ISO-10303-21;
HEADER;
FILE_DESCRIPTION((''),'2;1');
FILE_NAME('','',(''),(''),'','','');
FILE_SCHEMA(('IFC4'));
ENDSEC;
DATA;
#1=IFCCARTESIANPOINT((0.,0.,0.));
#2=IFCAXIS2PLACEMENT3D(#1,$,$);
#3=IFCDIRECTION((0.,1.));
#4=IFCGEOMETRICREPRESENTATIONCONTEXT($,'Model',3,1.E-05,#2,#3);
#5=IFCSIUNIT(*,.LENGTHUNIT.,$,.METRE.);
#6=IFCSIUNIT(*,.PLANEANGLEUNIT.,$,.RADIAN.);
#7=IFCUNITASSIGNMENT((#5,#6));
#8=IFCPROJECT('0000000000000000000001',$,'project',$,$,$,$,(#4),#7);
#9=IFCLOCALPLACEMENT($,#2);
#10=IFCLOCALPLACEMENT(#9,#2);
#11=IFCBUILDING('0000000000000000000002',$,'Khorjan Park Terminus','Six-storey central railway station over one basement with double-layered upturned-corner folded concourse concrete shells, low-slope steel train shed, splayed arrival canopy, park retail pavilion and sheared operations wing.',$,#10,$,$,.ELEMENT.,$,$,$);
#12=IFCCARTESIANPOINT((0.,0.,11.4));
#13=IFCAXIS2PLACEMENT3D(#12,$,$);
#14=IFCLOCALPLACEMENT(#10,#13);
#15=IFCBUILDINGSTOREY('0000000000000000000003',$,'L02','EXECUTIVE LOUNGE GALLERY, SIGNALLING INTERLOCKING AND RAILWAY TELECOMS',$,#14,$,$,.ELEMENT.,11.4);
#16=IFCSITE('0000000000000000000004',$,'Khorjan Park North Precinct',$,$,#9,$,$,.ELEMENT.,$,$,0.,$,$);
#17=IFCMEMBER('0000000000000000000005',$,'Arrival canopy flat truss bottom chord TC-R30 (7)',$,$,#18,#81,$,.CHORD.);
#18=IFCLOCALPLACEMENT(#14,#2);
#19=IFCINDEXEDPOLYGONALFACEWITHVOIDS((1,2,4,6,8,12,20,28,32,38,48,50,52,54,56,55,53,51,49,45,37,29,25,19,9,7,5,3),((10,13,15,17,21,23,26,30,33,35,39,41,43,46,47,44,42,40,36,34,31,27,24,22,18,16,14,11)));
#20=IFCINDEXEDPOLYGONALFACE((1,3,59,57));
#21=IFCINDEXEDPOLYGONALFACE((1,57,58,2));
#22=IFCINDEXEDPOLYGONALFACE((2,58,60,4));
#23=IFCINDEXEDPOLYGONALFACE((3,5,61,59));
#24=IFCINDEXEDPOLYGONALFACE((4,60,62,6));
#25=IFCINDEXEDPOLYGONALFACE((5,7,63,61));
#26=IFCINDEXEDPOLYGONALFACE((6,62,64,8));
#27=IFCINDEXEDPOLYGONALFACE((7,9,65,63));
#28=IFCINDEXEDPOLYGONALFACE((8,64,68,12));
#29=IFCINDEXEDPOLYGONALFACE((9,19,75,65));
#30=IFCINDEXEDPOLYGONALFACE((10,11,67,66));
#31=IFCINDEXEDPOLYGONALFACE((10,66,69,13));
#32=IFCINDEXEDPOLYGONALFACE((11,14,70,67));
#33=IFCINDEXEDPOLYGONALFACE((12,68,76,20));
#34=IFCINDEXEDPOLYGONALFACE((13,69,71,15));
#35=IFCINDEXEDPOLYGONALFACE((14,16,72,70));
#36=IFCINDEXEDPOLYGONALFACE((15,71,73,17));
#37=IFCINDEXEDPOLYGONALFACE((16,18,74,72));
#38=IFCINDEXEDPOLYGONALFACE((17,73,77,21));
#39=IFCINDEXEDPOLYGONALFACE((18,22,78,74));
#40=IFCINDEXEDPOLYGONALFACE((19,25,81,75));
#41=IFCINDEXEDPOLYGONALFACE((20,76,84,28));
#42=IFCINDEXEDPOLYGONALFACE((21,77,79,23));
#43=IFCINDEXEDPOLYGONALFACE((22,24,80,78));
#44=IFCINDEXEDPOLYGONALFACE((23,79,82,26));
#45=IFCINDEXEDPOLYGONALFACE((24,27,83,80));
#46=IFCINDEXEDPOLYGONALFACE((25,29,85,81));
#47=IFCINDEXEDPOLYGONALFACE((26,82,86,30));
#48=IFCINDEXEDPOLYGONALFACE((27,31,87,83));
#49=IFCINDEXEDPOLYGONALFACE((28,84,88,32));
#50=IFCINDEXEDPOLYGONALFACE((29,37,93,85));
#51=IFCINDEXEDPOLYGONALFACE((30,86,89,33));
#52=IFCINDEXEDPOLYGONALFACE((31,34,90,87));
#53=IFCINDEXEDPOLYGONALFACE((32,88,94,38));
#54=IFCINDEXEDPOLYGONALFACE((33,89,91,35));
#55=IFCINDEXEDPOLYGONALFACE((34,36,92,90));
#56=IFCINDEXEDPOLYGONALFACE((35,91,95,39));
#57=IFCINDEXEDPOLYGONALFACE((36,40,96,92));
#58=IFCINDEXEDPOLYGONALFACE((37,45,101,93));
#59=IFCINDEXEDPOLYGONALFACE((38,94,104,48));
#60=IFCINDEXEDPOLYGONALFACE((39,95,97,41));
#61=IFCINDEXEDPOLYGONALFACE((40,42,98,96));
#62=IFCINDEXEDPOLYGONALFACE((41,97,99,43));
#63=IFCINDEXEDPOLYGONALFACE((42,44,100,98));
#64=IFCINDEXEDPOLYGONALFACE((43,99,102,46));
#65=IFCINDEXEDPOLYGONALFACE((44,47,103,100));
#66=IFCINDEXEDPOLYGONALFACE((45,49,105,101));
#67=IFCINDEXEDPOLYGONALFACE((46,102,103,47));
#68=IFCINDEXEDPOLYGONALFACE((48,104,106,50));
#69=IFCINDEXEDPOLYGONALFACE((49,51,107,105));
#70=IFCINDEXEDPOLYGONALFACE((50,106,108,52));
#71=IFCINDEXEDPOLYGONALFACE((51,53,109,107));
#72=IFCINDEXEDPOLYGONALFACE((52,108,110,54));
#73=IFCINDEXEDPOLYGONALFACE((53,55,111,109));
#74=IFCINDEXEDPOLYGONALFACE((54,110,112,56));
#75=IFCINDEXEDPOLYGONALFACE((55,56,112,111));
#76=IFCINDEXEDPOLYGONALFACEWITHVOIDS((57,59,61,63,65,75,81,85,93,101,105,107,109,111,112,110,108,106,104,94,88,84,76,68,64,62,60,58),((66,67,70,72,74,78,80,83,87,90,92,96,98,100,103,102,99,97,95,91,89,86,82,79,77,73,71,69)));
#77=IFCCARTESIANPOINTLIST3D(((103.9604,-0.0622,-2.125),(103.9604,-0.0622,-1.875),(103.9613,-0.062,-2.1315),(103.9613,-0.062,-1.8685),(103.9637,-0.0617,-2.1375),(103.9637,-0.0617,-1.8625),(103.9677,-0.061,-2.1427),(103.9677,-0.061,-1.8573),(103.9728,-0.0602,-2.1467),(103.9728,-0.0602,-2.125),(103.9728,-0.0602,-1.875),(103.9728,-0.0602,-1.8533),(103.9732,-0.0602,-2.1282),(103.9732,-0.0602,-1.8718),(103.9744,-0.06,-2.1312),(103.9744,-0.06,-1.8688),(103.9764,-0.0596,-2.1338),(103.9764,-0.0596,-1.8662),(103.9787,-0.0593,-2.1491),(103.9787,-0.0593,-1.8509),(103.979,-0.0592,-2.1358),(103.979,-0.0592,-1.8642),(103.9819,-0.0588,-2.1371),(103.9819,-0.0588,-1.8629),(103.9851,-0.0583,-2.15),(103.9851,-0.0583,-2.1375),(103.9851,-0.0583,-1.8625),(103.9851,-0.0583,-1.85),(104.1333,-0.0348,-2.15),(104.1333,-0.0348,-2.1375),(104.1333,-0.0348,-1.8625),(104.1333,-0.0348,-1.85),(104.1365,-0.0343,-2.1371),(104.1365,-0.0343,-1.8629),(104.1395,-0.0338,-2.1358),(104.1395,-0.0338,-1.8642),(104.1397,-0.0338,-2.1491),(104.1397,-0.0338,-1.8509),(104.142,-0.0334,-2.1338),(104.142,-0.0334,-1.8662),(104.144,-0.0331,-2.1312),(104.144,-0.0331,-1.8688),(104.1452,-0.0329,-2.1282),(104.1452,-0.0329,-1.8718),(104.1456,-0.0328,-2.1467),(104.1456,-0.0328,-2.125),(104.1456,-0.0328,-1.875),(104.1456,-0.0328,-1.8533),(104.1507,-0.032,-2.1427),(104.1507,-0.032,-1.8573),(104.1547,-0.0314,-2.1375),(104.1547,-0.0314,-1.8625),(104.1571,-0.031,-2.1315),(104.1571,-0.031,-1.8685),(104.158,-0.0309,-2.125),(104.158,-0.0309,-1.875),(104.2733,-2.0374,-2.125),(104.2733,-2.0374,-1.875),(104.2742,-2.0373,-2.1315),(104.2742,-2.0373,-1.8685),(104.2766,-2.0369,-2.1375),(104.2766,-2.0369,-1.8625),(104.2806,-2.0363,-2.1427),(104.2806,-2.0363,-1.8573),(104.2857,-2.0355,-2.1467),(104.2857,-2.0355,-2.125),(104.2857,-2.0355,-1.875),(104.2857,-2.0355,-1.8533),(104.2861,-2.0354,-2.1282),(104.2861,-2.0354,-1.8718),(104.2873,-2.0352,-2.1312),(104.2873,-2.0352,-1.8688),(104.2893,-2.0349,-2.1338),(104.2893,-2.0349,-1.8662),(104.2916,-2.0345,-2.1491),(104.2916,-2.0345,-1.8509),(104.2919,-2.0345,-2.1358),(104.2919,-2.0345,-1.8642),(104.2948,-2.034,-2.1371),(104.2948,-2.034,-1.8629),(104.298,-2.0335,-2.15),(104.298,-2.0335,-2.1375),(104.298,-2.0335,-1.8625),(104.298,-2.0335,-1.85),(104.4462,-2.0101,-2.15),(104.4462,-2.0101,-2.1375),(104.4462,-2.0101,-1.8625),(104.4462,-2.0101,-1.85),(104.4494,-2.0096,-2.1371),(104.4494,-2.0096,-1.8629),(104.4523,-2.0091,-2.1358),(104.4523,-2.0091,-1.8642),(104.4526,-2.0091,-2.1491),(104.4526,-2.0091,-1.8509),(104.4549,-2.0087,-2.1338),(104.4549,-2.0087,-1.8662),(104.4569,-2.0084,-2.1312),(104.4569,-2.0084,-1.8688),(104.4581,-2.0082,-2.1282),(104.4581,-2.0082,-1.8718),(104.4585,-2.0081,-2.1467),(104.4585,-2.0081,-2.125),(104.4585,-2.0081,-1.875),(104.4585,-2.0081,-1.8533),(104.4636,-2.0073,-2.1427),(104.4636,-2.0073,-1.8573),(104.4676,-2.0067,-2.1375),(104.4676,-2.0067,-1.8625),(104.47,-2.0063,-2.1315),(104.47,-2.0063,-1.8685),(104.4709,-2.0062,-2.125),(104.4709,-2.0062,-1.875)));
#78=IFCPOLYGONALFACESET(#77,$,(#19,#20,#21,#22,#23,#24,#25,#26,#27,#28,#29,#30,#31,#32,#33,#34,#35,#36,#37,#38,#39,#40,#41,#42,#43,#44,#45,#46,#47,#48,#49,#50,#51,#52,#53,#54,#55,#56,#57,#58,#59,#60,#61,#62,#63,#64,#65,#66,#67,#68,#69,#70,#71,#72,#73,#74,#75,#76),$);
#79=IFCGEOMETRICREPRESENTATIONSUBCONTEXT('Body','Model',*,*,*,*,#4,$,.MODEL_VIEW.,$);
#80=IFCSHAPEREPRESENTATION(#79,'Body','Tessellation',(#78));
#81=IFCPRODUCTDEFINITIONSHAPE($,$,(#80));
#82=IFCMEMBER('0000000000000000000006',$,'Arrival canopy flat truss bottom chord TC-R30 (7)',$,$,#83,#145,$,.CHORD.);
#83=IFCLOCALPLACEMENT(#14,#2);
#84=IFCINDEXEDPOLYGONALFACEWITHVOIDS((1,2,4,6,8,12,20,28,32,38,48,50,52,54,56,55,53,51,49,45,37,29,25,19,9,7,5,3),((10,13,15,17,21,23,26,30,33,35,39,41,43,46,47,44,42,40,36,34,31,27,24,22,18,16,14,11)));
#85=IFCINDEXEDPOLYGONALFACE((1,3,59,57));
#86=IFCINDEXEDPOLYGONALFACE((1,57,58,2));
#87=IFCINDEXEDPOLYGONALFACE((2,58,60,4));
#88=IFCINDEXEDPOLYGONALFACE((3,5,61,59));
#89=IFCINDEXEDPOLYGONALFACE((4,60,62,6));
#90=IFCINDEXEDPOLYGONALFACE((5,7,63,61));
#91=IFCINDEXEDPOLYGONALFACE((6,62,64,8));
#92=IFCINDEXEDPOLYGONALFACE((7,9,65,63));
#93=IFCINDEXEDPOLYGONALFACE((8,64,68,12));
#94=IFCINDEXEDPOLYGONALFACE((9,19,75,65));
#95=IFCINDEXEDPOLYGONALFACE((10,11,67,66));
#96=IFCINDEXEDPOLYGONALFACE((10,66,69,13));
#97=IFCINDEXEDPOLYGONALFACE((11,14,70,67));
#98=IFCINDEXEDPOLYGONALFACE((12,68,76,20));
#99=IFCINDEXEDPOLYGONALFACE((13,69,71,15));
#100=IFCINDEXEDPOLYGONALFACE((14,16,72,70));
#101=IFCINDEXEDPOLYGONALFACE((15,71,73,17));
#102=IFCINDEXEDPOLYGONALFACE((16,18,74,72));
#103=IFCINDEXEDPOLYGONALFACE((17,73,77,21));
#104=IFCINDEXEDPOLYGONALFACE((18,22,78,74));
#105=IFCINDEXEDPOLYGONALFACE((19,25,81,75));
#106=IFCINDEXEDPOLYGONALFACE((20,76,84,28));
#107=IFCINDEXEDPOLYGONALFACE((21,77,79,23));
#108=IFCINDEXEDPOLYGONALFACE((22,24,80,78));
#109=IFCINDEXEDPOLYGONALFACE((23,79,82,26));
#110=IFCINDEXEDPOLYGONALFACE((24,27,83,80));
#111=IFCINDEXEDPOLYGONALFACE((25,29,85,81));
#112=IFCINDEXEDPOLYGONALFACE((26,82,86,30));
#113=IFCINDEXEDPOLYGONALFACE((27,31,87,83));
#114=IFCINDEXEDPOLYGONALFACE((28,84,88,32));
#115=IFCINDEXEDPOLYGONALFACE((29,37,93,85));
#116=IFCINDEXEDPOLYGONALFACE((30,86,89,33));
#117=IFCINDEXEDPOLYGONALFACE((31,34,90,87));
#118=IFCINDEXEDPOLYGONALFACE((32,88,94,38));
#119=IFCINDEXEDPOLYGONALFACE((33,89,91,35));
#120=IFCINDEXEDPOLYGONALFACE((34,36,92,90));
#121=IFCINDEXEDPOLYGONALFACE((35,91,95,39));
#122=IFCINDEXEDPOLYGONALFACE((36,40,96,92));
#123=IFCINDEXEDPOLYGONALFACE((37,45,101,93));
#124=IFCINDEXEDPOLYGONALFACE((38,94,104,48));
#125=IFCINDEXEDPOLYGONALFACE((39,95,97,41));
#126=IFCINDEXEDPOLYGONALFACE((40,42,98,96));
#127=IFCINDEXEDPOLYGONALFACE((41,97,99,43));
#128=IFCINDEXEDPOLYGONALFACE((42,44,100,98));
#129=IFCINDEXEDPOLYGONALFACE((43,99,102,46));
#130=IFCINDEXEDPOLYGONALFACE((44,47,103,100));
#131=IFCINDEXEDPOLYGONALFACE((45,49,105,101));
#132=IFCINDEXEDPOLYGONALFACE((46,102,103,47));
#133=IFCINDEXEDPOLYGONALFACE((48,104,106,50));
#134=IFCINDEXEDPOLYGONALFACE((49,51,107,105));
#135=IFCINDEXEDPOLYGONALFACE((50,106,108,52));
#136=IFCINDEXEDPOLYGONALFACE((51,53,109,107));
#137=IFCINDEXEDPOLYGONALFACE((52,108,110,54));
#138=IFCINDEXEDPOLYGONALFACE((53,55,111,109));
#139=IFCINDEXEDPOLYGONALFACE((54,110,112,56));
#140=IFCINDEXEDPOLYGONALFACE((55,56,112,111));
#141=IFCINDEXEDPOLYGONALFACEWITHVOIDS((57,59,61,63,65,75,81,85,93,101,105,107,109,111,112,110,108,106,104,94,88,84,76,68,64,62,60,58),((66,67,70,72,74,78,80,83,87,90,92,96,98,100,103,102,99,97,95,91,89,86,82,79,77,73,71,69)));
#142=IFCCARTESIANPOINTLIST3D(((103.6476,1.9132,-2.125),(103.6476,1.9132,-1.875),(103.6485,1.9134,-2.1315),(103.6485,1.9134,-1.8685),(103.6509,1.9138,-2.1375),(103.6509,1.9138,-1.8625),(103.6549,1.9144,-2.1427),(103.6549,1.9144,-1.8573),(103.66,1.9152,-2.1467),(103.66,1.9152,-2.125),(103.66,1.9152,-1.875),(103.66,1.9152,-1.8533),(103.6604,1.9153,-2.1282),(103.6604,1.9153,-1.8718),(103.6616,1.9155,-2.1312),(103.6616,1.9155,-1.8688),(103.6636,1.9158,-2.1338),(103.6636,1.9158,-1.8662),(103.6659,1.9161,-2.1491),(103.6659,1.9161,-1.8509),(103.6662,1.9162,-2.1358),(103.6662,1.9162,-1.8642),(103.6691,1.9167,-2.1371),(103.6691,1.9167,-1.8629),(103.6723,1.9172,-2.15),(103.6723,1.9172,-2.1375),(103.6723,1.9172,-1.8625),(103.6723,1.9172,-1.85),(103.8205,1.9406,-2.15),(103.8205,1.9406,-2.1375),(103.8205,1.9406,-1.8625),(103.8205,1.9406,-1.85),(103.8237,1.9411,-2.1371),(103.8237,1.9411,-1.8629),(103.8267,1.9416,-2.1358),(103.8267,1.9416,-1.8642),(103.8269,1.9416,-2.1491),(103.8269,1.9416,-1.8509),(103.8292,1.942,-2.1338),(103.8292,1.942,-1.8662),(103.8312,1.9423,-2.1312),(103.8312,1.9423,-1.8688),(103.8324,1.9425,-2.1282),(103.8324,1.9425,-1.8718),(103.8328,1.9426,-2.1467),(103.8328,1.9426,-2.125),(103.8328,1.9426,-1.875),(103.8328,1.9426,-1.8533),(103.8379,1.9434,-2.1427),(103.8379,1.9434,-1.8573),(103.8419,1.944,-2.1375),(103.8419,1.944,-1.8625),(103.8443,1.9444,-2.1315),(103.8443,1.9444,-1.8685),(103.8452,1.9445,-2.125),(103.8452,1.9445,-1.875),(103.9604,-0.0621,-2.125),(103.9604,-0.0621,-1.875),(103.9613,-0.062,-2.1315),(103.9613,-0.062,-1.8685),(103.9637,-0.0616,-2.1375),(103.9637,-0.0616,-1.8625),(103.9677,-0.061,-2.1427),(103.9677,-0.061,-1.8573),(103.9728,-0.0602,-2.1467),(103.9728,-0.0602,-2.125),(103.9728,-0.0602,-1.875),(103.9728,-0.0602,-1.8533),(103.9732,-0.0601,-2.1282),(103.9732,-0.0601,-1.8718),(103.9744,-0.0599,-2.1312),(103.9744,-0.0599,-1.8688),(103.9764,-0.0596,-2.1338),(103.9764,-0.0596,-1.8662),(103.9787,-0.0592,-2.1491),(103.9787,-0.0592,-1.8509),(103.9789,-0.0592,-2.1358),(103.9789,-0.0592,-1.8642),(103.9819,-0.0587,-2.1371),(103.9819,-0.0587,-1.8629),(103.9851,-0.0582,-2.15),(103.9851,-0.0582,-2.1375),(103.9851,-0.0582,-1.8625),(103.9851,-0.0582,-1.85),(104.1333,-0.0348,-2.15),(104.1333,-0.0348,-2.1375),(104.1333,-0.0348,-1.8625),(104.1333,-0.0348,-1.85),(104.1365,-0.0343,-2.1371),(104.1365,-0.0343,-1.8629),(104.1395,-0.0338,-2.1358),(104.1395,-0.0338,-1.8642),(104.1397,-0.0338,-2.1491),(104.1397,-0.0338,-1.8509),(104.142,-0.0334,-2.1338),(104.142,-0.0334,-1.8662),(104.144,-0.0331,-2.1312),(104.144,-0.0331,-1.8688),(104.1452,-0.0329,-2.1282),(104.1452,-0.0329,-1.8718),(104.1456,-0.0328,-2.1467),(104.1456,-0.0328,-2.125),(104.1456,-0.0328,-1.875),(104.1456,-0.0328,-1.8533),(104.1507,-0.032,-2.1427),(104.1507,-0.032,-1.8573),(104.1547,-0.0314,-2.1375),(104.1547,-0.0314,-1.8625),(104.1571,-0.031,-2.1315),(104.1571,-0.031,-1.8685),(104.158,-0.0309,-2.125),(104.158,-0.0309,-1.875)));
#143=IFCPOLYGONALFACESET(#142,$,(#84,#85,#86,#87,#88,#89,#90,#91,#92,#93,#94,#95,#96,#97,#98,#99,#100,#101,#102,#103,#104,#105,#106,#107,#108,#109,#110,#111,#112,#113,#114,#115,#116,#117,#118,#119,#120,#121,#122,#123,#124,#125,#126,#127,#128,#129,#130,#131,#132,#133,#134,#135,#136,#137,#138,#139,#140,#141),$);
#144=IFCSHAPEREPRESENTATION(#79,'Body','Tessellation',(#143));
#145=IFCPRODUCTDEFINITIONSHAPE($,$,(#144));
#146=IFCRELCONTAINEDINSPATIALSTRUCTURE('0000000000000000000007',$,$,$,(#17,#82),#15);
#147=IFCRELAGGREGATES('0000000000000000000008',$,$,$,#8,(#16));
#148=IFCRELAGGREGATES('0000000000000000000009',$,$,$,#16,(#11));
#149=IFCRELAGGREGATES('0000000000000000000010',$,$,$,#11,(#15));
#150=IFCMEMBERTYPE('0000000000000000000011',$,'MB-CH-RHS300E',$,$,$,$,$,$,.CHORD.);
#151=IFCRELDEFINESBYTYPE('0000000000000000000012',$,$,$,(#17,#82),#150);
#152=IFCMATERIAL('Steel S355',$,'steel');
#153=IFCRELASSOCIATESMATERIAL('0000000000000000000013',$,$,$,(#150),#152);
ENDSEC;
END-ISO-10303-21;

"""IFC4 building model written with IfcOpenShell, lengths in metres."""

from ifc_helpers import new_model, si_unit, direction, frame, origin, origin_2d, place, context, subcontext, project, spatial, hollow_rectangle, extrude, material, material_profile, profile_set, type_object, element, save


model = new_model("IFC4")

# Units and contexts
model_context = context("Model", 3, precision=1e-05, world=origin(), true_north=direction((0.0, 1.0)))
body_context = subcontext(model_context, "Body", "Model", "MODEL_VIEW")
ifc_project = project(units=[si_unit("LENGTHUNIT", "METRE"), si_unit("PLANEANGLEUNIT", "RADIAN")], contexts=[model_context])

# Site, building, storey
site_placement = place(None, origin())
site = spatial("IfcSite", under=ifc_project, at=site_placement, Name="Khorjan Park North Precinct", CompositionType="ELEMENT", RefElevation=0.0)
building_placement = place(site_placement, origin())
building = spatial("IfcBuilding", under=site, at=building_placement, Name="Khorjan Park Terminus", Description="Six-storey central railway station over one basement with double-layered upturned-corner folded concourse concrete shells, low-slope steel train shed, splayed arrival canopy, park retail pavilion and sheared operations wing.", CompositionType="ELEMENT")
storey_placement = place(building_placement, frame((0.0, 0.0, 11.4)))
storey = spatial("IfcBuildingStorey", under=building, at=storey_placement, Name="L02", Description="EXECUTIVE LOUNGE GALLERY, SIGNALLING INTERLOCKING AND RAILWAY TELECOMS", CompositionType="ELEMENT", Elevation=11.4)

# Members
ifc_material = material(Name="Steel S355", Category="steel")
ifc_material_profile_1 = material_profile(ifc_material, hollow_rectangle(XDim=0.2, YDim=0.3, WallThickness=0.0125, InnerFilletRadius=0.0125, OuterFilletRadius=0.025, at=origin_2d()), Name="RHS 300x200x12.5")
ifc_profile_set_1 = profile_set([ifc_material_profile_1], Name="Steel S355")
member_type_1 = type_object("IfcMemberType", Name="MB-CH-RHS300E", PredefinedType="CHORD", material=ifc_profile_set_1)
member_1_placement = place(storey_placement, frame((104.3721, -2.0218, -2.0), z_axis=(-0.156456, 0.987685, 0.0), x_axis=(-0.987685, -0.156456, 0.0)))
element("IfcMember", 1, at=member_1_placement, inside=storey, type_object=member_type_1, Name="Arrival canopy flat truss bottom chord TC-R30 (7)", PredefinedType="CHORD", context=body_context, shape_type="SweptSolid", body=[
    extrude(hollow_rectangle(XDim=0.2, YDim=0.3, WallThickness=0.0125, InnerFilletRadius=0.0125, OuterFilletRadius=0.025, at=origin_2d()), origin(), (0.0, 0.0, 1.0), 1.9999),
])
for number, where, z_axis, x_axis, name in (
    (2, (104.0592, -0.0465, -2.0), (-0.156399, 0.987694, 0.0), (-0.987694, -0.156399, 0.0), "Arrival canopy flat truss bottom chord TC-R30 (7)"),
):
    element("IfcMember", number, at=place(storey_placement, frame(where, z_axis=z_axis, x_axis=x_axis)), inside=storey, type_object=member_type_1, Name=name, PredefinedType="CHORD", context=body_context, shape_type="SweptSolid", body=[
        extrude(hollow_rectangle(XDim=0.2, YDim=0.3, WallThickness=0.0125, InnerFilletRadius=0.0125, OuterFilletRadius=0.025, at=origin_2d()), origin(), (0.0, 0.0, 1.0), 2.0),
    ])

save(model, "model.ifc")
